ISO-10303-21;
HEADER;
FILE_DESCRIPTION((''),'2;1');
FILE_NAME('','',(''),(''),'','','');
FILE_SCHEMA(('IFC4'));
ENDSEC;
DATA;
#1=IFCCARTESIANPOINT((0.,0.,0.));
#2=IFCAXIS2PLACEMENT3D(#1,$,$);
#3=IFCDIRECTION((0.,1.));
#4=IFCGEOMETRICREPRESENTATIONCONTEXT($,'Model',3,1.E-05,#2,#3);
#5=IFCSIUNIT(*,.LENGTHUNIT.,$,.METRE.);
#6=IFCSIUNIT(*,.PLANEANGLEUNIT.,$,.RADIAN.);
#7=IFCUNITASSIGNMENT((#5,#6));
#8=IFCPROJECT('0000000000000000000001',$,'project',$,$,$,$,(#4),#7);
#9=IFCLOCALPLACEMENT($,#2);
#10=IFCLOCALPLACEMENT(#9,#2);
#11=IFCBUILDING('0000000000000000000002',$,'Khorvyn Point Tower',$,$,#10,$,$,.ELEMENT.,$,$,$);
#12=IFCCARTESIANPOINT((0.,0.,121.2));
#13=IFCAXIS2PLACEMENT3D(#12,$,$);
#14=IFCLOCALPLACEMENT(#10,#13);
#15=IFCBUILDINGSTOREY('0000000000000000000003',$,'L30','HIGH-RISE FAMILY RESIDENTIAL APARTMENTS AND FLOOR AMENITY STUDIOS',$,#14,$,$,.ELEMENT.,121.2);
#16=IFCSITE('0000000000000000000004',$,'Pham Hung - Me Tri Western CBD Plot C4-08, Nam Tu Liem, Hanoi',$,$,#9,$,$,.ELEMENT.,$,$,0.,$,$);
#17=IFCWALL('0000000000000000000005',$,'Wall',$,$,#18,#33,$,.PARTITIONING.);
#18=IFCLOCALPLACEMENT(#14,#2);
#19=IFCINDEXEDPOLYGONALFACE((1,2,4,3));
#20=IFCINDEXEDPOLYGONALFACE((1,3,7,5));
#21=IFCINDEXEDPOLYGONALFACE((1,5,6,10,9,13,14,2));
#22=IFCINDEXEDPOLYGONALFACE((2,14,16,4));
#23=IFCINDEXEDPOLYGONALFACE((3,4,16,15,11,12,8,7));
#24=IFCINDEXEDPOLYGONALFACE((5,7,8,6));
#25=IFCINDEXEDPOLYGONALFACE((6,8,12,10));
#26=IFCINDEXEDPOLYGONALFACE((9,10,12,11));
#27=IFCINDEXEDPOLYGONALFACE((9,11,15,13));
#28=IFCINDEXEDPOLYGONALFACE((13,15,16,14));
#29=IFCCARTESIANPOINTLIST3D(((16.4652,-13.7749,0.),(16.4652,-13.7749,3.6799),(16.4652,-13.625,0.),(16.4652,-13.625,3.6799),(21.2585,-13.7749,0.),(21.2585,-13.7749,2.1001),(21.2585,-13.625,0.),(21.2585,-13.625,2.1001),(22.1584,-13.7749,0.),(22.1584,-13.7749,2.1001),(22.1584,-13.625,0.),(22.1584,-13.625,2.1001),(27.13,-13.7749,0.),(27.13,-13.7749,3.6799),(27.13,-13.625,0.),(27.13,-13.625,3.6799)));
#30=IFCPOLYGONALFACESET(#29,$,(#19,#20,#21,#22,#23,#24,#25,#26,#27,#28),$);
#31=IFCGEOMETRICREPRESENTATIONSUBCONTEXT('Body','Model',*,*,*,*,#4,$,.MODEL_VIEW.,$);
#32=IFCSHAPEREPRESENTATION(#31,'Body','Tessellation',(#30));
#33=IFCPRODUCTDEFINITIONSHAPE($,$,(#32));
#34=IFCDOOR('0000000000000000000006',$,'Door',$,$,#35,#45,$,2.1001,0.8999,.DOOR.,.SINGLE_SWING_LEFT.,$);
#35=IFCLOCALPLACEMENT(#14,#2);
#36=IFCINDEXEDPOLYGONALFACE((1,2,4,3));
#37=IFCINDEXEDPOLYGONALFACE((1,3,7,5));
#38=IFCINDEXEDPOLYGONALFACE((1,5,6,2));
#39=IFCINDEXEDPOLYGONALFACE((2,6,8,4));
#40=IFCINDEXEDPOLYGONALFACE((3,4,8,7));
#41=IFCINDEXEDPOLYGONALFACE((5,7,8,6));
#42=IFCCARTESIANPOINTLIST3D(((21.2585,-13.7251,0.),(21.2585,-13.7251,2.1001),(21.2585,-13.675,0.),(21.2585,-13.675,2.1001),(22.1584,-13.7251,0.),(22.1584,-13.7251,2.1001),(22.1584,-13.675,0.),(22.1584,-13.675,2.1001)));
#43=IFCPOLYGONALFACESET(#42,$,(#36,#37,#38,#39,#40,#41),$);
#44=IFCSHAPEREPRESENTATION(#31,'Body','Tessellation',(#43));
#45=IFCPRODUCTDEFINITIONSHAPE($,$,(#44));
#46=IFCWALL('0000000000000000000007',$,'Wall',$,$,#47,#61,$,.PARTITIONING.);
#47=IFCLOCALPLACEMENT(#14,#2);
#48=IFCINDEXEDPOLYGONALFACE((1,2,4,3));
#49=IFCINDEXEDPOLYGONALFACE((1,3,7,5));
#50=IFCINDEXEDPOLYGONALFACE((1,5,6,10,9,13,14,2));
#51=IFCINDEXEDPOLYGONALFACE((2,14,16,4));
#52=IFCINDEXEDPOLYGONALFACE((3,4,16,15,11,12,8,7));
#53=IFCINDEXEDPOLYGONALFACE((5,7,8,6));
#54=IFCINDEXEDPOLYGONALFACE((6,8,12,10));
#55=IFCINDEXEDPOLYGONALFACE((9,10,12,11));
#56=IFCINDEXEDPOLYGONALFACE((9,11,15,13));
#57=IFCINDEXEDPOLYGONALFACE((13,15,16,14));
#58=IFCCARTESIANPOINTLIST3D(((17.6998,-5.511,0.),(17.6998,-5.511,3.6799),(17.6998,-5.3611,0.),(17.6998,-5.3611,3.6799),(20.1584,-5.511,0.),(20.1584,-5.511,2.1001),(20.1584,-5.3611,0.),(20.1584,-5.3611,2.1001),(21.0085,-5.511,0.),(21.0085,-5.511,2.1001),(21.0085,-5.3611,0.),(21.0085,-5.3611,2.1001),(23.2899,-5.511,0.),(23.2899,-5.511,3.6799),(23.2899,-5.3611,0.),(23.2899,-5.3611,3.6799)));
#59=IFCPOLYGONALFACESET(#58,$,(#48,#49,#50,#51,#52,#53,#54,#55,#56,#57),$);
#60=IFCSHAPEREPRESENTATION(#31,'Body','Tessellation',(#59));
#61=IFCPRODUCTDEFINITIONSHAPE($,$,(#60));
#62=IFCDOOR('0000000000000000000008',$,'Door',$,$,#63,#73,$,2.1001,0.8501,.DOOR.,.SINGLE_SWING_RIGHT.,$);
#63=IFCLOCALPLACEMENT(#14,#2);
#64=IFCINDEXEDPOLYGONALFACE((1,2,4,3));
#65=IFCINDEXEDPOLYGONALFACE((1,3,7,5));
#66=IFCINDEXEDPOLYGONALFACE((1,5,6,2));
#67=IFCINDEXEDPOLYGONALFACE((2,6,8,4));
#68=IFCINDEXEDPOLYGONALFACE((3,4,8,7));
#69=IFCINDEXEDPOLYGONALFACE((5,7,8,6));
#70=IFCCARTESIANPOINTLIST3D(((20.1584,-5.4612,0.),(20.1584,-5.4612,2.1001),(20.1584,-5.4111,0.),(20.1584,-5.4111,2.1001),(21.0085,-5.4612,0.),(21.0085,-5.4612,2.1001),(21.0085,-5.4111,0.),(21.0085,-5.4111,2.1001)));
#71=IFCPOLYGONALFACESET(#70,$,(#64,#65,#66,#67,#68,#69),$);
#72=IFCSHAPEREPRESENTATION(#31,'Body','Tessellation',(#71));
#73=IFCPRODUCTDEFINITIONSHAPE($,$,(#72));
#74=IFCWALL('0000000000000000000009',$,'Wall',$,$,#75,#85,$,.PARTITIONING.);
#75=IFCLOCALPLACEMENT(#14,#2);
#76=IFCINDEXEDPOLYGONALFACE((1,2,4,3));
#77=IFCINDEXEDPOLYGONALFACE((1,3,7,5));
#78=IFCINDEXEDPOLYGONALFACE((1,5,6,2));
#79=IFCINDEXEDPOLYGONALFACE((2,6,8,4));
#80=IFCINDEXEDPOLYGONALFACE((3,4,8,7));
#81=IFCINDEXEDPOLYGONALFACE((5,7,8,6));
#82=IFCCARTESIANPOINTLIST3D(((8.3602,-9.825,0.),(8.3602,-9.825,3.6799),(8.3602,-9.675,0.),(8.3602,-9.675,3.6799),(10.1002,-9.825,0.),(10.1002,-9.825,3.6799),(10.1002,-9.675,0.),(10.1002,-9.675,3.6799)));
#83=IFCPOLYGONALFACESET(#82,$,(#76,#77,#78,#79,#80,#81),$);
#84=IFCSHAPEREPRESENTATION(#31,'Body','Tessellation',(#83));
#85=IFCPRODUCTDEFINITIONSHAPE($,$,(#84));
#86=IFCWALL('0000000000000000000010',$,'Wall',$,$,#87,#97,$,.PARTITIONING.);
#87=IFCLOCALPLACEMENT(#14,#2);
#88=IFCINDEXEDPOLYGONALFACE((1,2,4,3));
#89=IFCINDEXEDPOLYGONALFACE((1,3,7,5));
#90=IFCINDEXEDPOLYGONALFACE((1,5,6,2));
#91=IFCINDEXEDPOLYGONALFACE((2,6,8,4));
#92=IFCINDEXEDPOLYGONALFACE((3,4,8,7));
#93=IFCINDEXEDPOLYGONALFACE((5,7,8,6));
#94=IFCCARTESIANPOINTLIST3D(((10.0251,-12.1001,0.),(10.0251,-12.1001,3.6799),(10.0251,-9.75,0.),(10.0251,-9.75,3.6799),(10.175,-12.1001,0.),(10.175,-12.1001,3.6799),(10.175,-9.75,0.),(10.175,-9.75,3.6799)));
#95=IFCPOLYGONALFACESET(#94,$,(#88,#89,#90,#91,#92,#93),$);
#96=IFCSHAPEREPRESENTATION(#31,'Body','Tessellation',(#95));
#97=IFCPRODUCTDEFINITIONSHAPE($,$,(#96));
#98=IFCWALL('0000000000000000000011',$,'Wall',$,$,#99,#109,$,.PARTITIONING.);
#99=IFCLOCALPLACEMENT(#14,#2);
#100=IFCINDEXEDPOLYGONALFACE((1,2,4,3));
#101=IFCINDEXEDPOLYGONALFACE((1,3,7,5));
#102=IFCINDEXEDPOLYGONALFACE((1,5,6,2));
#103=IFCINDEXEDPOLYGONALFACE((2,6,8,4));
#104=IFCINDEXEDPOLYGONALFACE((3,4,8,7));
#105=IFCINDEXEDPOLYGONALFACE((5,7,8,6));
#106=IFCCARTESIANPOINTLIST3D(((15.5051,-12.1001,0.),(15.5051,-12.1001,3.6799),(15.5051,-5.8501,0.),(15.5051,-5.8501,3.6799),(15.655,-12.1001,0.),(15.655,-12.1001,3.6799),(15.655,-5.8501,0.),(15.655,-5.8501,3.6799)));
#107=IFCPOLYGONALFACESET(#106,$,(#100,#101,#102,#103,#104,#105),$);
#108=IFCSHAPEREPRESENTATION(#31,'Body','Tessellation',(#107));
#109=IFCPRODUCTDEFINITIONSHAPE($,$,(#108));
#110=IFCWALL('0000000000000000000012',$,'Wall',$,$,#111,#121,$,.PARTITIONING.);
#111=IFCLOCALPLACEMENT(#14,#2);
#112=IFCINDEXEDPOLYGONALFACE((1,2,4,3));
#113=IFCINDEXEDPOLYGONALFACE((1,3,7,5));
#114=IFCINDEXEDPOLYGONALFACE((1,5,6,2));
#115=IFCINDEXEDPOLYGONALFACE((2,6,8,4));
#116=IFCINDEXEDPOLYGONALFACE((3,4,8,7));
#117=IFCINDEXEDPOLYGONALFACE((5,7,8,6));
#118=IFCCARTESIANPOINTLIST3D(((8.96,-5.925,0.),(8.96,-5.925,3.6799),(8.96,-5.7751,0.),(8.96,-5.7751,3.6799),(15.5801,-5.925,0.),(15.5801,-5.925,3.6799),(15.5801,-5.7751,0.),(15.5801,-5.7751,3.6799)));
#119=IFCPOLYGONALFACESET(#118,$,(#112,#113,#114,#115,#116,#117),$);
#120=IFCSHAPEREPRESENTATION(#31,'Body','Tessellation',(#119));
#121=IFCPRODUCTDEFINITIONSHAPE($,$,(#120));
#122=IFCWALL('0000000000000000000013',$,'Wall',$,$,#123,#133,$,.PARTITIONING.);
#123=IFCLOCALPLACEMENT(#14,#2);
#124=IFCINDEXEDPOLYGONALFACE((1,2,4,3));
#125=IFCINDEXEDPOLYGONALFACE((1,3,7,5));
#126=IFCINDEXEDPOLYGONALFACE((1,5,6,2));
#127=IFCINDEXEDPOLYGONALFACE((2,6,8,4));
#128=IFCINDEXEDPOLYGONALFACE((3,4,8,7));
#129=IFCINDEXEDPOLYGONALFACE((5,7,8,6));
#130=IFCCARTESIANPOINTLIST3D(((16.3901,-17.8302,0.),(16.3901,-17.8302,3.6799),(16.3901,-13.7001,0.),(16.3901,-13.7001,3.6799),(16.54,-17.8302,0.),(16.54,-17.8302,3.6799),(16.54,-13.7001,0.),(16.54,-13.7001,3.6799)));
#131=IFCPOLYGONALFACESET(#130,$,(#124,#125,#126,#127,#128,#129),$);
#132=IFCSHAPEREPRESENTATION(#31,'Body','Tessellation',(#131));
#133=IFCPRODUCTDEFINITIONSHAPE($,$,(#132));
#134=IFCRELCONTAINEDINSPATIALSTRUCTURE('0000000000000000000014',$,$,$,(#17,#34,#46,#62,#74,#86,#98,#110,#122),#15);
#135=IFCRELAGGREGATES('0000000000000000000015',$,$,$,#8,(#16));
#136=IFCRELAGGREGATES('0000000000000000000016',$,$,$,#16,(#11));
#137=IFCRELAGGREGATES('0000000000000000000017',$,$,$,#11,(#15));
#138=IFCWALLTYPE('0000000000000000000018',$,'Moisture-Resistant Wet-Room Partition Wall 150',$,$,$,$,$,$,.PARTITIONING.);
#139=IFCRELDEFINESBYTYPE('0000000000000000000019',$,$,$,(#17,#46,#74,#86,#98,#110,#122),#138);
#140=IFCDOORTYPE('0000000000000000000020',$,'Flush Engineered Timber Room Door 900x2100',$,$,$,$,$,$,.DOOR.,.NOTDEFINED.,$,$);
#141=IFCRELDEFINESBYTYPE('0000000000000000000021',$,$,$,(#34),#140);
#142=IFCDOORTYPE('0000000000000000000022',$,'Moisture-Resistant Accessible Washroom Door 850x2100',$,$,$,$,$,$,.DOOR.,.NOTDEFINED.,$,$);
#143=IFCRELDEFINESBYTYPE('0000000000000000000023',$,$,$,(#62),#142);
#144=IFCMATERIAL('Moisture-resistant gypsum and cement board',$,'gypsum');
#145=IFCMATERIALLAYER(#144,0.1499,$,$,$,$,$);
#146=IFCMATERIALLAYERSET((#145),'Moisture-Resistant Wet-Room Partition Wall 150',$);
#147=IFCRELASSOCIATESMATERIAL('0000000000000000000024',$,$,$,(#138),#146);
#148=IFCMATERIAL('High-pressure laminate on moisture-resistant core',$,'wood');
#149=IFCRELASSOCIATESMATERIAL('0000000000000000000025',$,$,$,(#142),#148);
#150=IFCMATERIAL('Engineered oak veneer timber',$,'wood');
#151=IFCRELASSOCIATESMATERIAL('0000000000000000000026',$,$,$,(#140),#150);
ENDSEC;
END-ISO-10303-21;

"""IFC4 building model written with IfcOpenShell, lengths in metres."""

from ifc_helpers import new_model, si_unit, direction, frame, frame_2d, origin, place, context, subcontext, project, spatial, rectangle, extrude, material, layer, layer_set, type_object, element, fill, save


model = new_model("IFC4")

# Units and contexts
model_context = context("Model", 3, precision=1e-05, world=origin(), true_north=direction((0.0, 1.0)))
body_context = subcontext(model_context, "Body", "Model", "MODEL_VIEW")
ifc_project = project(units=[si_unit("LENGTHUNIT", "METRE"), si_unit("PLANEANGLEUNIT", "RADIAN")], contexts=[model_context])

# Site, building, storey
site_placement = place(None, origin())
site = spatial("IfcSite", under=ifc_project, at=site_placement, Name="Pham Hung - Me Tri Western CBD Plot C4-08, Nam Tu Liem, Hanoi", CompositionType="ELEMENT", RefElevation=0.0)
building_placement = place(site_placement, origin())
building = spatial("IfcBuilding", under=site, at=building_placement, Name="Khorvyn Point Tower", CompositionType="ELEMENT")
storey_placement = place(building_placement, frame((0.0, 0.0, 121.2)))
storey = spatial("IfcBuildingStorey", under=building, at=storey_placement, Name="L30", Description="HIGH-RISE FAMILY RESIDENTIAL APARTMENTS AND FLOOR AMENITY STUDIOS", CompositionType="ELEMENT", Elevation=121.2)

# Walls, openings, doors
ifc_material_1 = material(Name="Moisture-resistant gypsum and cement board", Category="gypsum")
ifc_layer_1 = layer(ifc_material_1, 0.1499)
ifc_layer_set_1 = layer_set([ifc_layer_1], Name="Moisture-Resistant Wet-Room Partition Wall 150")
wall_type_1 = type_object("IfcWallType", Name="Moisture-Resistant Wet-Room Partition Wall 150", PredefinedType="PARTITIONING", material=ifc_layer_set_1)
ifc_material_2 = material(Name="High-pressure laminate on moisture-resistant core", Category="wood")
door_type_1 = type_object("IfcDoorType", Name="Moisture-Resistant Accessible Washroom Door 850x2100", OperationType="NOTDEFINED", PredefinedType="DOOR", material=ifc_material_2)
ifc_material_3 = material(Name="Engineered oak veneer timber", Category="wood")
door_type_2 = type_object("IfcDoorType", Name="Flush Engineered Timber Room Door 900x2100", OperationType="NOTDEFINED", PredefinedType="DOOR", material=ifc_material_3)
wall_1_placement = place(storey_placement, frame((16.4651, -13.7, 0.0), z_axis=(0.0, 0.0, 1.0), x_axis=(1.0, 0.0, 0.0)))
wall_1 = element("IfcWall", 1, at=wall_1_placement, inside=storey, type_object=wall_type_1, Name="Wall", PredefinedType="PARTITIONING", context=body_context, shape_type="SweptSolid", body=[
    extrude(rectangle(XDim=10.6648, YDim=0.1499, at=frame_2d((5.3325, 0.0))), origin(), (0.0, 0.0, 1.0), 3.6799),
])
opening_1_placement = place(wall_1_placement, frame((4.7935, 0.0, 0.0)))
opening_1 = element("IfcOpeningElement", 2, at=opening_1_placement, cuts=wall_1, PredefinedType="OPENING", context=body_context, shape_type="SweptSolid", body=[
    extrude(rectangle(XDim=0.8999, YDim=2.1001, at=frame_2d((0.45, 1.05))), frame((0.0, 0.085, 0.0), z_axis=(0.0, -1.0, 0.0), x_axis=(1.0, 0.0, 0.0)), (0.0, 0.0, 1.0), 0.1699),
])
door_1_placement = place(opening_1_placement, origin())
door_1 = element("IfcDoor", 3, at=door_1_placement, inside=storey, type_object=door_type_2, Name="Door", OperationType="SINGLE_SWING_LEFT", OverallHeight=2.1001, OverallWidth=0.8999, PredefinedType="DOOR", context=body_context, shape_type="SweptSolid", body=[
    extrude(rectangle(XDim=0.8999, YDim=2.1001, at=frame_2d((0.45, 1.05))), frame((0.0, 0.0249, 0.0), z_axis=(0.0, -1.0, 0.0), x_axis=(1.0, 0.0, 0.0)), (0.0, 0.0, 1.0), 0.05),
])
fill(opening_1, door_1)
wall_2_placement = place(storey_placement, frame((17.7, -5.436, 0.0), z_axis=(0.0, 0.0, 1.0), x_axis=(1.0, 0.0, 0.0)))
wall_2 = element("IfcWall", 4, at=wall_2_placement, inside=storey, type_object=wall_type_1, Name="Wall", PredefinedType="PARTITIONING", context=body_context, shape_type="SweptSolid", body=[
    extrude(rectangle(XDim=5.5901, YDim=0.1499, at=frame_2d((2.7949, 0.0))), origin(), (0.0, 0.0, 1.0), 3.6799),
])
opening_2_placement = place(wall_2_placement, frame((2.4585, 0.0, 0.0)))
opening_2 = element("IfcOpeningElement", 5, at=opening_2_placement, cuts=wall_2, PredefinedType="OPENING", context=body_context, shape_type="SweptSolid", body=[
    extrude(rectangle(XDim=0.8501, YDim=2.1001, at=frame_2d((0.425, 1.05))), frame((0.0, 0.085, 0.0), z_axis=(0.0, -1.0, 0.0), x_axis=(1.0, 0.0, 0.0)), (0.0, 0.0, 1.0), 0.1699),
])
door_2_placement = place(opening_2_placement, origin())
door_2 = element("IfcDoor", 6, at=door_2_placement, inside=storey, type_object=door_type_1, Name="Door", OperationType="SINGLE_SWING_RIGHT", OverallHeight=2.1001, OverallWidth=0.8501, PredefinedType="DOOR", context=body_context, shape_type="SweptSolid", body=[
    extrude(rectangle(XDim=0.8501, YDim=2.1001, at=frame_2d((0.425, 1.05))), frame((0.0, 0.0249, 0.0), z_axis=(0.0, -1.0, 0.0), x_axis=(1.0, 0.0, 0.0)), (0.0, 0.0, 1.0), 0.05),
])
fill(opening_2, door_2)

# Walls
wall_3_placement = place(storey_placement, frame((8.3601, -9.75, 0.0), z_axis=(0.0, 0.0, 1.0), x_axis=(1.0, 0.0, 0.0)))
element("IfcWall", 7, at=wall_3_placement, inside=storey, type_object=wall_type_1, Name="Wall", PredefinedType="PARTITIONING", context=body_context, shape_type="SweptSolid", body=[
    extrude(rectangle(XDim=1.74, YDim=0.1499, at=frame_2d((0.8701, 0.0))), origin(), (0.0, 0.0, 1.0), 3.6799),
])
wall_4_placement = place(storey_placement, frame((10.1001, -12.1001, 0.0), z_axis=(0.0, 0.0, 1.0), x_axis=(0.0, 1.0, 0.0)))
element("IfcWall", 8, at=wall_4_placement, inside=storey, type_object=wall_type_1, Name="Wall", PredefinedType="PARTITIONING", context=body_context, shape_type="SweptSolid", body=[
    extrude(rectangle(XDim=2.3501, YDim=0.1499, at=frame_2d((1.175, 0.0))), origin(), (0.0, 0.0, 1.0), 3.6799),
])
wall_5_placement = place(storey_placement, frame((15.5801, -12.1001, 0.0), z_axis=(0.0, 0.0, 1.0), x_axis=(0.0, 1.0, 0.0)))
element("IfcWall", 9, at=wall_5_placement, inside=storey, type_object=wall_type_1, Name="Wall", PredefinedType="PARTITIONING", context=body_context, shape_type="SweptSolid", body=[
    extrude(rectangle(XDim=6.25, YDim=0.1499, at=frame_2d((3.125, 0.0))), origin(), (0.0, 0.0, 1.0), 3.6799),
])
wall_6_placement = place(storey_placement, frame((8.96, -5.8501, 0.0), z_axis=(0.0, 0.0, 1.0), x_axis=(1.0, 0.0, 0.0)))
element("IfcWall", 10, at=wall_6_placement, inside=storey, type_object=wall_type_1, Name="Wall", PredefinedType="PARTITIONING", context=body_context, shape_type="SweptSolid", body=[
    extrude(rectangle(XDim=6.6201, YDim=0.1499, at=frame_2d((3.3101, 0.0))), origin(), (0.0, 0.0, 1.0), 3.6799),
])
wall_7_placement = place(storey_placement, frame((16.4651, -17.8301, 0.0), z_axis=(0.0, 0.0, 1.0), x_axis=(0.0, 1.0, 0.0)))
element("IfcWall", 11, at=wall_7_placement, inside=storey, type_object=wall_type_1, Name="Wall", PredefinedType="PARTITIONING", context=body_context, shape_type="SweptSolid", body=[
    extrude(rectangle(XDim=4.1301, YDim=0.1499, at=frame_2d((2.0649, 0.0))), origin(), (0.0, 0.0, 1.0), 3.6799),
])

save(model, "model.ifc")
